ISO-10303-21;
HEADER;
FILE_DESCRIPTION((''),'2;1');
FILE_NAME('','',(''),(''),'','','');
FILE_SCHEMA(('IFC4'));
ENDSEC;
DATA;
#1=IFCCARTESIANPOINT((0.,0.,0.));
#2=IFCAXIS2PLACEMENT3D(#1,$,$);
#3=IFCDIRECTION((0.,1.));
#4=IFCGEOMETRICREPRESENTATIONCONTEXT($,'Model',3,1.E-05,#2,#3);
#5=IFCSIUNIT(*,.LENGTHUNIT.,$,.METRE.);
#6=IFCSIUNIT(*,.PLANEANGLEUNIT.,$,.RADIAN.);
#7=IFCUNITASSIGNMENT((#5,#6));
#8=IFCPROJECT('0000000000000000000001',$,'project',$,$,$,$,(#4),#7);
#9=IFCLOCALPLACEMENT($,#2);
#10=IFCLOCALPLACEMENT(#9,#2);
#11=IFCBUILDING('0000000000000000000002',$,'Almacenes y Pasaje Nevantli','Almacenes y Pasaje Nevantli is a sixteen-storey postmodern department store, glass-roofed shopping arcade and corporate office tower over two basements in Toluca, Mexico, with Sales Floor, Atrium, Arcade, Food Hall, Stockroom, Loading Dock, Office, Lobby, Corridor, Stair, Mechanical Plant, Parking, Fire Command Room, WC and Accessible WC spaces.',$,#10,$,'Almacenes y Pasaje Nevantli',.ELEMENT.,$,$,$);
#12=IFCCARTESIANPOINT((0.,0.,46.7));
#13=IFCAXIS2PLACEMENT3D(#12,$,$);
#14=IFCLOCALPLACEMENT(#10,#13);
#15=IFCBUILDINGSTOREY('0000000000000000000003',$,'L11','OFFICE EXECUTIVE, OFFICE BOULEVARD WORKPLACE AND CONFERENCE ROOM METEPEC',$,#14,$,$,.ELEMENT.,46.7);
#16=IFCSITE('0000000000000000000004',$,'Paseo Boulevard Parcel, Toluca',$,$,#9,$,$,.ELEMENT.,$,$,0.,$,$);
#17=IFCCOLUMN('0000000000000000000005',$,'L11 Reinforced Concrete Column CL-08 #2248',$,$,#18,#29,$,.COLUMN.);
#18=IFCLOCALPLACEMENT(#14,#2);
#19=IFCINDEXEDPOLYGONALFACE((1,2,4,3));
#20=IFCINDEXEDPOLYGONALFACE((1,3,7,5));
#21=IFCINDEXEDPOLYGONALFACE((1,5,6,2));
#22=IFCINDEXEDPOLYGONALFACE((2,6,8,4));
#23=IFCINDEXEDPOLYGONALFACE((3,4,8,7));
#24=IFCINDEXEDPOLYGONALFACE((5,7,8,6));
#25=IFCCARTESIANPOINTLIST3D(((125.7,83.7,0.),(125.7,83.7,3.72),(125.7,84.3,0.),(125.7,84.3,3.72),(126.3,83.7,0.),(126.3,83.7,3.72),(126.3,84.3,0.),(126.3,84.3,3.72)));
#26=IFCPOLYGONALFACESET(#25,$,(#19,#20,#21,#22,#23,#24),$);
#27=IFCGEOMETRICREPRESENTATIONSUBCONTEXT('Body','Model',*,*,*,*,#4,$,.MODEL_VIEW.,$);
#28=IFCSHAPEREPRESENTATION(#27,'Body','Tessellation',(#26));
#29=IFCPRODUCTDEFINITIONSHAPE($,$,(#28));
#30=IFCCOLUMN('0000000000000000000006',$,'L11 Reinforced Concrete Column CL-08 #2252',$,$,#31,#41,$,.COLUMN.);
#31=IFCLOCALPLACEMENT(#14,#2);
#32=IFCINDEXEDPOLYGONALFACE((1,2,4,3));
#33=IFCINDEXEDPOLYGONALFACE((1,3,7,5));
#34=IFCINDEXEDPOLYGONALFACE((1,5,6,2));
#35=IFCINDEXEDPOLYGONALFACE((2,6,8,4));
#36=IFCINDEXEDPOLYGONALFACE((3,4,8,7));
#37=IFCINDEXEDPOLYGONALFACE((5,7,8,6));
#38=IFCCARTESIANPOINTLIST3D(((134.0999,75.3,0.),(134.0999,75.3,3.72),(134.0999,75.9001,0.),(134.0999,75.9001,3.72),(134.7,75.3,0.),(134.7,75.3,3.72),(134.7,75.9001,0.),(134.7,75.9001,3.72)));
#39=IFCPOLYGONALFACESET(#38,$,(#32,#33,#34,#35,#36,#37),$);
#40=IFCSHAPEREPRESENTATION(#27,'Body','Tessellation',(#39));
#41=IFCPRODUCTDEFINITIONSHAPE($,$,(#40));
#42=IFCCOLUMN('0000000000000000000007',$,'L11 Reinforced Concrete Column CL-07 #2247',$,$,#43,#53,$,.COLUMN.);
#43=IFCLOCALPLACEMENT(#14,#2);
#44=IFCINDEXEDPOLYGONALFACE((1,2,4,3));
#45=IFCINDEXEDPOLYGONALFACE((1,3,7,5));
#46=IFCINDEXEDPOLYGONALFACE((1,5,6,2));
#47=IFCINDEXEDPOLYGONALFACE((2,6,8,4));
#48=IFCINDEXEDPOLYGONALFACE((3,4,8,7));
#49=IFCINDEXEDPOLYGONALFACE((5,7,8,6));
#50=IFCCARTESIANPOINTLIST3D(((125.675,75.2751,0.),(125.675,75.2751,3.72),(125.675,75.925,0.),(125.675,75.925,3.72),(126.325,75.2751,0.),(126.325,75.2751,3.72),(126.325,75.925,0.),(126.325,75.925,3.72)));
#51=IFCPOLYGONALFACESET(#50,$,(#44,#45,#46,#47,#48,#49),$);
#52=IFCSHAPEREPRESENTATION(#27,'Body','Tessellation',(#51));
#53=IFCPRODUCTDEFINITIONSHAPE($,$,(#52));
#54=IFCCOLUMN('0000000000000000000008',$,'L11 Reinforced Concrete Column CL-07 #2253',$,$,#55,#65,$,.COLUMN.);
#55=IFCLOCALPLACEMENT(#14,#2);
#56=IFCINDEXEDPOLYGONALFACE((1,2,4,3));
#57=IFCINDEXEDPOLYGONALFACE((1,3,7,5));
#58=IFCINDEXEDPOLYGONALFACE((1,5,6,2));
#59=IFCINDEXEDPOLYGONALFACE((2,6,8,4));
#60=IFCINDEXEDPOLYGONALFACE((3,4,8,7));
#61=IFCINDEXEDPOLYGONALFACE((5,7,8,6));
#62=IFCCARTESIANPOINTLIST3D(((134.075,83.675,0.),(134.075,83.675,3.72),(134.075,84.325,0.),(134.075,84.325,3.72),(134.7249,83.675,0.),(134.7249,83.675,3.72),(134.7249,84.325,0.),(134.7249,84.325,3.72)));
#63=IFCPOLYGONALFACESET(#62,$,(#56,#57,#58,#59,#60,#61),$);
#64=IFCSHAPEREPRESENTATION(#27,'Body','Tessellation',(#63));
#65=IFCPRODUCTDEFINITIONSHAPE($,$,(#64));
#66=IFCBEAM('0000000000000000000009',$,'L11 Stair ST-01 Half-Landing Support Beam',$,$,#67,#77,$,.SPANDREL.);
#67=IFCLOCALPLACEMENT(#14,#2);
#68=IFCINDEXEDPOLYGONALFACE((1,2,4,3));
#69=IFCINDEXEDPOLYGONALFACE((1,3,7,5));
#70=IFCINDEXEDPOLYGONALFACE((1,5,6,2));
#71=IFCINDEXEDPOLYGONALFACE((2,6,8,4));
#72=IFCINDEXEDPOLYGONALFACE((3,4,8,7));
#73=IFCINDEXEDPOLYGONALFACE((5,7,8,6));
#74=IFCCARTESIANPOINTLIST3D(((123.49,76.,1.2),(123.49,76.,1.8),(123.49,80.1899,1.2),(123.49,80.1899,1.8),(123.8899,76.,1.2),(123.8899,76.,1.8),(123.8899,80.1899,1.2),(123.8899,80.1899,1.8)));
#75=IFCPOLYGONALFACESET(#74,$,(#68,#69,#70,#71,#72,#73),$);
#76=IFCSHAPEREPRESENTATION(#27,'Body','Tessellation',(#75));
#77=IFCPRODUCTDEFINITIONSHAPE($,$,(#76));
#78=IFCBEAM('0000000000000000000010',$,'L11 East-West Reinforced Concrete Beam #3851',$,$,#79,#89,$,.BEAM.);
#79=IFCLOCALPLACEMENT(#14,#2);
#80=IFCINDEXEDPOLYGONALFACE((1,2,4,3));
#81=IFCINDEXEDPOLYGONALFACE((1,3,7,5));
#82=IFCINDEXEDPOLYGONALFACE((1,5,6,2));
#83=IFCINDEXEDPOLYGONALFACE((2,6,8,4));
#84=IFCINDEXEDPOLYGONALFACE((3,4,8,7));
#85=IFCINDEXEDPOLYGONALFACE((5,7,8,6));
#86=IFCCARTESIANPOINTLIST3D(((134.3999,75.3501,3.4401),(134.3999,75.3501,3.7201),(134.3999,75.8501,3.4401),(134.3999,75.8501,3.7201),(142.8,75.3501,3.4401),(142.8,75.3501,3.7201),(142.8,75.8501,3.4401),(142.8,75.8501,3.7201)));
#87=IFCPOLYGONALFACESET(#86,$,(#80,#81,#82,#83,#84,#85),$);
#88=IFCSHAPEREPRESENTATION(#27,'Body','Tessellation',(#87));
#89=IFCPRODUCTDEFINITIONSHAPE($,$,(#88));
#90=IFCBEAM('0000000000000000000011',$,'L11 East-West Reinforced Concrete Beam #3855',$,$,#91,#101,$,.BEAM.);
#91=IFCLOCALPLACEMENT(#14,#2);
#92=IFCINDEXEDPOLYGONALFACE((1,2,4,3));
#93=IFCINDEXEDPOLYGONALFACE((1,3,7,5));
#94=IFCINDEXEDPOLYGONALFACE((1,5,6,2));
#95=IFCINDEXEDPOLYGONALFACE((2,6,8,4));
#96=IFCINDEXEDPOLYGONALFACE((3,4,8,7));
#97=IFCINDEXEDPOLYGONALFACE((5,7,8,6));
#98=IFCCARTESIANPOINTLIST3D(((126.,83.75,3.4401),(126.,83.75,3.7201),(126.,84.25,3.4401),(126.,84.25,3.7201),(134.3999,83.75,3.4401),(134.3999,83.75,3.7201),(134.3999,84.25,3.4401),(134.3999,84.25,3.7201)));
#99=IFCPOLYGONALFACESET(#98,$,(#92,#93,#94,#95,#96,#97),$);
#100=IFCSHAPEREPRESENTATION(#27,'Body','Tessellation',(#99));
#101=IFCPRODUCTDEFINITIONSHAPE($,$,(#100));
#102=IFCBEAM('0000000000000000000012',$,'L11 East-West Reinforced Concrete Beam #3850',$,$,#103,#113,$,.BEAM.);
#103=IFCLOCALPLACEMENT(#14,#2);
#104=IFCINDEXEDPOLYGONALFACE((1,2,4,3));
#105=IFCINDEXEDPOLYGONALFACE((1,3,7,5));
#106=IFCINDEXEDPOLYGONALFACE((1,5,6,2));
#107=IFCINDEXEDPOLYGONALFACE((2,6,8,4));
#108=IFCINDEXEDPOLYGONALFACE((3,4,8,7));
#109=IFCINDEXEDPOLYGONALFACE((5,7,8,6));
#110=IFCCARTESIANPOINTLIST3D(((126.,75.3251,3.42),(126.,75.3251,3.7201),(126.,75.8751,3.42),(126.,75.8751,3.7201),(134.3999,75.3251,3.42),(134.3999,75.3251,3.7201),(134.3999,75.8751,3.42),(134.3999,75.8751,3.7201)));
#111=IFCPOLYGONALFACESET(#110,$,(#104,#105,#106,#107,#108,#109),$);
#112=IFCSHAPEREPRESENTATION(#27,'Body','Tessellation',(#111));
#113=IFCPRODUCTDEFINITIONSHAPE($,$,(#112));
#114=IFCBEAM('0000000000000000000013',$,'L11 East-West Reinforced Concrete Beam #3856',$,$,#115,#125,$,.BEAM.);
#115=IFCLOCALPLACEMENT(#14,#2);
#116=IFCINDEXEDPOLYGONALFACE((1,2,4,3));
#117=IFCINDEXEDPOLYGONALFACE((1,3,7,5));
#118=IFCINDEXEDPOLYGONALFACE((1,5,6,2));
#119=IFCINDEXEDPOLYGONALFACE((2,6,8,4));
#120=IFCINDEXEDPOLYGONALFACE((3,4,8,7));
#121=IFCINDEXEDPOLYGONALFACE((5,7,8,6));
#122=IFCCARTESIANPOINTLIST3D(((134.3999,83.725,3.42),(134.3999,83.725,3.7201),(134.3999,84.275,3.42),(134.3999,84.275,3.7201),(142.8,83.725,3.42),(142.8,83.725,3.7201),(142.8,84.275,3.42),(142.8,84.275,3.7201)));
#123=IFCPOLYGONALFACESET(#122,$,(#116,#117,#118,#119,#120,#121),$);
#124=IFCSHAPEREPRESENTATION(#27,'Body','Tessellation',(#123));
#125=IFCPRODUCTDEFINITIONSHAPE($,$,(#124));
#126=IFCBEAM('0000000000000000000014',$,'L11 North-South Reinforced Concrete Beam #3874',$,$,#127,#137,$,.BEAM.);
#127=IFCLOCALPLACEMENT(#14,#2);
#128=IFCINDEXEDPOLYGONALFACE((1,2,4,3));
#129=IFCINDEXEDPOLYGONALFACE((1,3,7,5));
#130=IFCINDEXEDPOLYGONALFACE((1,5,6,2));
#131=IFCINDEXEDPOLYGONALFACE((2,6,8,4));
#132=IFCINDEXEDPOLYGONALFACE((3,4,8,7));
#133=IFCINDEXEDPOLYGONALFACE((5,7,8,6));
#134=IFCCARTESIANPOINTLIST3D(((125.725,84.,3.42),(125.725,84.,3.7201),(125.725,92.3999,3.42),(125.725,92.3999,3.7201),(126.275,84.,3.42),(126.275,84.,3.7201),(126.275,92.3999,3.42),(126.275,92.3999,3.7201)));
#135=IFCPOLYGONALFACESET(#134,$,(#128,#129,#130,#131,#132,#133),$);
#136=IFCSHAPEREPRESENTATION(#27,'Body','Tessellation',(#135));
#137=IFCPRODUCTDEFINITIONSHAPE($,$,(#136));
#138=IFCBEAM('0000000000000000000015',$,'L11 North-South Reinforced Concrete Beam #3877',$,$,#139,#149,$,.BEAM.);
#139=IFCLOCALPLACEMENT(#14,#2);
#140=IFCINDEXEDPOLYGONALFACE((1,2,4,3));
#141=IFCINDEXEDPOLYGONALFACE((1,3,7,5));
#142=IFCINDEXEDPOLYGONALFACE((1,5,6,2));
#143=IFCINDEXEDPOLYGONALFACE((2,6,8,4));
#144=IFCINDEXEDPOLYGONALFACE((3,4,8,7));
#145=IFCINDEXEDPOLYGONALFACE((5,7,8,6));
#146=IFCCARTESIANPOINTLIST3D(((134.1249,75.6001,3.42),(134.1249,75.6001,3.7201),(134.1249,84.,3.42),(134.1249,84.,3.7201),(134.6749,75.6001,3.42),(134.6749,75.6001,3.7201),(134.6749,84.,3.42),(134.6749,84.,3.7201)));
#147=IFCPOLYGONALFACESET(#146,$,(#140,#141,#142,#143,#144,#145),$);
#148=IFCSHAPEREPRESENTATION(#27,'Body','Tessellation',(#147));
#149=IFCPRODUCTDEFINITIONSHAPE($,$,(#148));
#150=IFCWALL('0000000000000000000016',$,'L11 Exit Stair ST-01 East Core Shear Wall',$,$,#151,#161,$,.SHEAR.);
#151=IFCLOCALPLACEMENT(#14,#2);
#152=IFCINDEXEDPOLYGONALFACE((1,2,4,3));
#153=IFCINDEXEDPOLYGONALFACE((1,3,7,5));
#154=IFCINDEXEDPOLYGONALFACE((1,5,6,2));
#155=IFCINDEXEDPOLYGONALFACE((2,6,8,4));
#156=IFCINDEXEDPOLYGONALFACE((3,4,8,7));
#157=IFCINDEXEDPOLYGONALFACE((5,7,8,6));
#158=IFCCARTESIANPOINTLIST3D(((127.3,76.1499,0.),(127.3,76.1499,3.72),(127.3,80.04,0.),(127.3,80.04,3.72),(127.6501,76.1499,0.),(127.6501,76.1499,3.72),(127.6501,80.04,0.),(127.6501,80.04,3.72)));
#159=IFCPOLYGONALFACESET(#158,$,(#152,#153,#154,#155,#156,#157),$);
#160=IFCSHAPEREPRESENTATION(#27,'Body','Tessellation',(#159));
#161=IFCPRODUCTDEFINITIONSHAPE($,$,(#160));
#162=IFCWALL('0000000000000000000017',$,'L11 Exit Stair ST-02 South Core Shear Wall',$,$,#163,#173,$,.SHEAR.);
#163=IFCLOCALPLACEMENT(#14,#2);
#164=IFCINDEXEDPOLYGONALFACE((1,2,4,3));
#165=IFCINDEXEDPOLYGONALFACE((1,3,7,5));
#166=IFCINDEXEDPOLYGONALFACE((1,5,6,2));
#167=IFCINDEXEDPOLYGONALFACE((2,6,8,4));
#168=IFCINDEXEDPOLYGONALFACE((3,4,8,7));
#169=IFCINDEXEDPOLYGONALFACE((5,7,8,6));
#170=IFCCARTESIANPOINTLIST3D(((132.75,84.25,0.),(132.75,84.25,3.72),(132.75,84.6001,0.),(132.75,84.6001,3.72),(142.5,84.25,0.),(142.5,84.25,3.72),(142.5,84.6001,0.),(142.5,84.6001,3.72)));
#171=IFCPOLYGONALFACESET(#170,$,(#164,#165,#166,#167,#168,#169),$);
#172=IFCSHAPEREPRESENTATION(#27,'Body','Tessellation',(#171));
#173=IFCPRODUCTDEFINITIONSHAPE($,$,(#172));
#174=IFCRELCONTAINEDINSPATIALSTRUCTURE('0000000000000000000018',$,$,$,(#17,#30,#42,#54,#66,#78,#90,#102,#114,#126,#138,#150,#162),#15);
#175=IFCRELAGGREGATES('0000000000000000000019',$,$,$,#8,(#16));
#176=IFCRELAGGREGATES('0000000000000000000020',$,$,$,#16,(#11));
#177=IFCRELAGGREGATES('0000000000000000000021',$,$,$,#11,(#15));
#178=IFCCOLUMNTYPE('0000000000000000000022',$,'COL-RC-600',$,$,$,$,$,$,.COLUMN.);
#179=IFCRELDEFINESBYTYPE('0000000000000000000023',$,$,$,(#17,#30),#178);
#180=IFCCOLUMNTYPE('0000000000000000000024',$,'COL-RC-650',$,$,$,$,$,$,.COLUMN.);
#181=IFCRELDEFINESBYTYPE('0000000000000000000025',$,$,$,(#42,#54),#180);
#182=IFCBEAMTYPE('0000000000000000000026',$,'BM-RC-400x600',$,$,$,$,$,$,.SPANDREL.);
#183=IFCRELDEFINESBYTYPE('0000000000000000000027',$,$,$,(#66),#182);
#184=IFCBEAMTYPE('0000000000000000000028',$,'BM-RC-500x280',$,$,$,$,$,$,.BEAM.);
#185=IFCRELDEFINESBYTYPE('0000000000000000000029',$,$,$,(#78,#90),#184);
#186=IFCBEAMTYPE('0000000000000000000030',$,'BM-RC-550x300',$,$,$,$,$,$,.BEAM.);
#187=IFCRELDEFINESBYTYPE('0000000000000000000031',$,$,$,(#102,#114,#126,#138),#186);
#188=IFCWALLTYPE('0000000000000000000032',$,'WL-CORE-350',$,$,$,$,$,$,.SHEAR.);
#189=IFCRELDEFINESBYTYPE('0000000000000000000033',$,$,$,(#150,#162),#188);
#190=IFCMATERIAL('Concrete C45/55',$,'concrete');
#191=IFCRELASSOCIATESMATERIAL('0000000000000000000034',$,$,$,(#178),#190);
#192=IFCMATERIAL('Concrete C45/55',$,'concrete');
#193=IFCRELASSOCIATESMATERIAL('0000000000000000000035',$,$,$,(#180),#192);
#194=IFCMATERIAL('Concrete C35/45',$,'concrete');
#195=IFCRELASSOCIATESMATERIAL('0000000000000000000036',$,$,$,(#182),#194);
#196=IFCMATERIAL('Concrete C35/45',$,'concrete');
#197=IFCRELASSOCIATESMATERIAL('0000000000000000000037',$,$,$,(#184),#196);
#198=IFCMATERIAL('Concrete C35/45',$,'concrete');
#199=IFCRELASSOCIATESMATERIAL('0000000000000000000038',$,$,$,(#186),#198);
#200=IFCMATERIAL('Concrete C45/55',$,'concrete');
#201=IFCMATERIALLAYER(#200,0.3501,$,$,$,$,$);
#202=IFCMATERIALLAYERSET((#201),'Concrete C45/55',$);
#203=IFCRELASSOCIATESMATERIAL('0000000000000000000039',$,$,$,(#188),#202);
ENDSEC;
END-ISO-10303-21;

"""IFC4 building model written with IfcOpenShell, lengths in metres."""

from ifc_helpers import new_model, si_unit, direction, frame, frame_2d, origin, origin_2d, place, context, subcontext, project, spatial, rectangle, extrude, material, layer, layer_set, material_profile, profile_set, type_object, element, save


model = new_model("IFC4")

# Units and contexts
model_context = context("Model", 3, precision=1e-05, world=origin(), true_north=direction((0.0, 1.0)))
body_context = subcontext(model_context, "Body", "Model", "MODEL_VIEW")
ifc_project = project(units=[si_unit("LENGTHUNIT", "METRE"), si_unit("PLANEANGLEUNIT", "RADIAN")], contexts=[model_context])

# Site, building, storey
site_placement = place(None, origin())
site = spatial("IfcSite", under=ifc_project, at=site_placement, Name="Paseo Boulevard Parcel, Toluca", CompositionType="ELEMENT", RefElevation=0.0)
building_placement = place(site_placement, origin())
building = spatial("IfcBuilding", under=site, at=building_placement, Name="Almacenes y Pasaje Nevantli", Description="Almacenes y Pasaje Nevantli is a sixteen-storey postmodern department store, glass-roofed shopping arcade and corporate office tower over two basements in Toluca, Mexico, with Sales Floor, Atrium, Arcade, Food Hall, Stockroom, Loading Dock, Office, Lobby, Corridor, Stair, Mechanical Plant, Parking, Fire Command Room, WC and Accessible WC spaces.", LongName="Almacenes y Pasaje Nevantli", CompositionType="ELEMENT")
storey_placement = place(building_placement, frame((0.0, 0.0, 46.7)))
storey = spatial("IfcBuildingStorey", under=building, at=storey_placement, Name="L11", Description="OFFICE EXECUTIVE, OFFICE BOULEVARD WORKPLACE AND CONFERENCE ROOM METEPEC", CompositionType="ELEMENT", Elevation=46.7)

# Columns
ifc_material_1 = material(Name="Concrete C45/55", Category="concrete")
ifc_material_profile_1 = material_profile(ifc_material_1, rectangle(XDim=0.6001, YDim=0.6001, at=origin_2d()), Name="RC-COL-600x600")
ifc_profile_set_1 = profile_set([ifc_material_profile_1], Name="Concrete C45/55")
column_type_1 = type_object("IfcColumnType", Name="COL-RC-600", PredefinedType="COLUMN", material=ifc_profile_set_1)
for number, where, z_axis, x_axis, name in (
    (1, (126.0, 84.0, 0.0), (0.0, 0.0, 1.0), (1.0, 0.0, 0.0), "L11 Reinforced Concrete Column CL-08 #2248"),
    (2, (134.3999, 75.6001, 0.0), (0.0, 0.0, 1.0), (1.0, 0.0, 0.0), "L11 Reinforced Concrete Column CL-08 #2252"),
):
    element("IfcColumn", number, at=place(storey_placement, frame(where, z_axis=z_axis, x_axis=x_axis)), inside=storey, type_object=column_type_1, Name=name, PredefinedType="COLUMN", context=body_context, shape_type="SweptSolid", body=[
        extrude(rectangle(XDim=0.6001, YDim=0.6001, at=origin_2d()), origin(), (0.0, 0.0, 1.0), 3.72),
    ])
ifc_material_2 = material(Name="Concrete C45/55", Category="concrete")
ifc_material_profile_2 = material_profile(ifc_material_2, rectangle(XDim=0.6499, YDim=0.6499, at=origin_2d()), Name="RC-COL-650x650")
ifc_profile_set_2 = profile_set([ifc_material_profile_2], Name="Concrete C45/55")
column_type_2 = type_object("IfcColumnType", Name="COL-RC-650", PredefinedType="COLUMN", material=ifc_profile_set_2)
for number, where, z_axis, x_axis, name in (
    (3, (126.0, 75.6001, 0.0), (0.0, 0.0, 1.0), (1.0, 0.0, 0.0), "L11 Reinforced Concrete Column CL-07 #2247"),
    (4, (134.3999, 84.0, 0.0), (0.0, 0.0, 1.0), (1.0, 0.0, 0.0), "L11 Reinforced Concrete Column CL-07 #2253"),
):
    element("IfcColumn", number, at=place(storey_placement, frame(where, z_axis=z_axis, x_axis=x_axis)), inside=storey, type_object=column_type_2, Name=name, PredefinedType="COLUMN", context=body_context, shape_type="SweptSolid", body=[
        extrude(rectangle(XDim=0.6499, YDim=0.6499, at=origin_2d()), origin(), (0.0, 0.0, 1.0), 3.72),
    ])

# Beams
ifc_material_3 = material(Name="Concrete C35/45", Category="concrete")
ifc_material_profile_3 = material_profile(ifc_material_3, rectangle(XDim=0.3999, YDim=0.6001, at=origin_2d()), Name="RC-BM-400x600")
ifc_profile_set_3 = profile_set([ifc_material_profile_3], Name="Concrete C35/45")
beam_type_1 = type_object("IfcBeamType", Name="BM-RC-400x600", PredefinedType="SPANDREL", material=ifc_profile_set_3)
beam_1_placement = place(storey_placement, frame((123.6899, 76.0, 1.5), z_axis=(0.0, 1.0, 0.0), x_axis=(-1.0, 0.0, 0.0)))
element("IfcBeam", 5, at=beam_1_placement, inside=storey, type_object=beam_type_1, Name="L11 Stair ST-01 Half-Landing Support Beam", PredefinedType="SPANDREL", context=body_context, shape_type="SweptSolid", body=[
    extrude(rectangle(XDim=0.3999, YDim=0.6001, at=origin_2d()), origin(), (0.0, 0.0, 1.0), 4.1899),
])
ifc_material_4 = material(Name="Concrete C35/45", Category="concrete")
ifc_material_profile_4 = material_profile(ifc_material_4, rectangle(XDim=0.5, YDim=0.28, at=origin_2d()), Name="RC-BM-500x280")
ifc_profile_set_4 = profile_set([ifc_material_profile_4], Name="Concrete C35/45")
beam_type_2 = type_object("IfcBeamType", Name="BM-RC-500x280", PredefinedType="BEAM", material=ifc_profile_set_4)
beam_2_placement = place(storey_placement, frame((134.3999, 75.6001, 3.5801), z_axis=(1.0, 0.0, 0.0), x_axis=(0.0, 1.0, 0.0)))
element("IfcBeam", 6, at=beam_2_placement, inside=storey, type_object=beam_type_2, Name="L11 East-West Reinforced Concrete Beam #3851", PredefinedType="BEAM", context=body_context, shape_type="SweptSolid", body=[
    extrude(rectangle(XDim=0.5, YDim=0.28, at=origin_2d()), origin(), (0.0, 0.0, 1.0), 8.4001),
])
beam_3_placement = place(storey_placement, frame((126.0, 84.0, 3.5801), z_axis=(1.0, 0.0, 0.0), x_axis=(0.0, 1.0, 0.0)))
element("IfcBeam", 7, at=beam_3_placement, inside=storey, type_object=beam_type_2, Name="L11 East-West Reinforced Concrete Beam #3855", PredefinedType="BEAM", context=body_context, shape_type="SweptSolid", body=[
    extrude(rectangle(XDim=0.5, YDim=0.28, at=origin_2d()), origin(), (0.0, 0.0, 1.0), 8.3999),
])
ifc_material_5 = material(Name="Concrete C35/45", Category="concrete")
ifc_material_profile_5 = material_profile(ifc_material_5, rectangle(XDim=0.55, YDim=0.3, at=origin_2d()), Name="RC-BM-550x300")
ifc_profile_set_5 = profile_set([ifc_material_profile_5], Name="Concrete C35/45")
beam_type_3 = type_object("IfcBeamType", Name="BM-RC-550x300", PredefinedType="BEAM", material=ifc_profile_set_5)
beam_4_placement = place(storey_placement, frame((126.0, 75.6001, 3.5701), z_axis=(1.0, 0.0, 0.0), x_axis=(0.0, 1.0, 0.0)))
element("IfcBeam", 8, at=beam_4_placement, inside=storey, type_object=beam_type_3, Name="L11 East-West Reinforced Concrete Beam #3850", PredefinedType="BEAM", context=body_context, shape_type="SweptSolid", body=[
    extrude(rectangle(XDim=0.55, YDim=0.3, at=origin_2d()), origin(), (0.0, 0.0, 1.0), 8.3999),
])
beam_5_placement = place(storey_placement, frame((134.3999, 84.0, 3.5701), z_axis=(1.0, 0.0, 0.0), x_axis=(0.0, 1.0, 0.0)))
element("IfcBeam", 9, at=beam_5_placement, inside=storey, type_object=beam_type_3, Name="L11 East-West Reinforced Concrete Beam #3856", PredefinedType="BEAM", context=body_context, shape_type="SweptSolid", body=[
    extrude(rectangle(XDim=0.55, YDim=0.3, at=origin_2d()), origin(), (0.0, 0.0, 1.0), 8.4001),
])
for number, where, z_axis, x_axis, name in (
    (10, (126.0, 84.0, 3.5701), (0.0, 1.0, 0.0), (-1.0, 0.0, 0.0), "L11 North-South Reinforced Concrete Beam #3874"),
    (11, (134.3999, 75.6001, 3.5701), (0.0, 1.0, 0.0), (-1.0, 0.0, 0.0), "L11 North-South Reinforced Concrete Beam #3877"),
):
    element("IfcBeam", number, at=place(storey_placement, frame(where, z_axis=z_axis, x_axis=x_axis)), inside=storey, type_object=beam_type_3, Name=name, PredefinedType="BEAM", context=body_context, shape_type="SweptSolid", body=[
        extrude(rectangle(XDim=0.55, YDim=0.3, at=origin_2d()), origin(), (0.0, 0.0, 1.0), 8.3999),
    ])

# Walls
ifc_material_6 = material(Name="Concrete C45/55", Category="concrete")
ifc_layer_1 = layer(ifc_material_6, 0.3501)
ifc_layer_set_1 = layer_set([ifc_layer_1], Name="Concrete C45/55")
wall_type_1 = type_object("IfcWallType", Name="WL-CORE-350", PredefinedType="SHEAR", material=ifc_layer_set_1)
wall_1_placement = place(storey_placement, frame((127.4751, 76.1499, 0.0), z_axis=(0.0, 0.0, 1.0), x_axis=(0.0, 1.0, 0.0)))
element("IfcWall", 12, at=wall_1_placement, inside=storey, type_object=wall_type_1, Name="L11 Exit Stair ST-01 East Core Shear Wall", PredefinedType="SHEAR", context=body_context, shape_type="SweptSolid", body=[
    extrude(rectangle(XDim=3.8901, YDim=0.3501, at=frame_2d((1.9451, 0.0))), origin(), (0.0, 0.0, 1.0), 3.72),
])
wall_2_placement = place(storey_placement, frame((132.75, 84.425, 0.0), z_axis=(0.0, 0.0, 1.0), x_axis=(1.0, 0.0, 0.0)))
element("IfcWall", 13, at=wall_2_placement, inside=storey, type_object=wall_type_1, Name="L11 Exit Stair ST-02 South Core Shear Wall", PredefinedType="SHEAR", context=body_context, shape_type="SweptSolid", body=[
    extrude(rectangle(XDim=9.75, YDim=0.3501, at=frame_2d((4.875, 0.0))), origin(), (0.0, 0.0, 1.0), 3.72),
])

save(model, "model.ifc")
